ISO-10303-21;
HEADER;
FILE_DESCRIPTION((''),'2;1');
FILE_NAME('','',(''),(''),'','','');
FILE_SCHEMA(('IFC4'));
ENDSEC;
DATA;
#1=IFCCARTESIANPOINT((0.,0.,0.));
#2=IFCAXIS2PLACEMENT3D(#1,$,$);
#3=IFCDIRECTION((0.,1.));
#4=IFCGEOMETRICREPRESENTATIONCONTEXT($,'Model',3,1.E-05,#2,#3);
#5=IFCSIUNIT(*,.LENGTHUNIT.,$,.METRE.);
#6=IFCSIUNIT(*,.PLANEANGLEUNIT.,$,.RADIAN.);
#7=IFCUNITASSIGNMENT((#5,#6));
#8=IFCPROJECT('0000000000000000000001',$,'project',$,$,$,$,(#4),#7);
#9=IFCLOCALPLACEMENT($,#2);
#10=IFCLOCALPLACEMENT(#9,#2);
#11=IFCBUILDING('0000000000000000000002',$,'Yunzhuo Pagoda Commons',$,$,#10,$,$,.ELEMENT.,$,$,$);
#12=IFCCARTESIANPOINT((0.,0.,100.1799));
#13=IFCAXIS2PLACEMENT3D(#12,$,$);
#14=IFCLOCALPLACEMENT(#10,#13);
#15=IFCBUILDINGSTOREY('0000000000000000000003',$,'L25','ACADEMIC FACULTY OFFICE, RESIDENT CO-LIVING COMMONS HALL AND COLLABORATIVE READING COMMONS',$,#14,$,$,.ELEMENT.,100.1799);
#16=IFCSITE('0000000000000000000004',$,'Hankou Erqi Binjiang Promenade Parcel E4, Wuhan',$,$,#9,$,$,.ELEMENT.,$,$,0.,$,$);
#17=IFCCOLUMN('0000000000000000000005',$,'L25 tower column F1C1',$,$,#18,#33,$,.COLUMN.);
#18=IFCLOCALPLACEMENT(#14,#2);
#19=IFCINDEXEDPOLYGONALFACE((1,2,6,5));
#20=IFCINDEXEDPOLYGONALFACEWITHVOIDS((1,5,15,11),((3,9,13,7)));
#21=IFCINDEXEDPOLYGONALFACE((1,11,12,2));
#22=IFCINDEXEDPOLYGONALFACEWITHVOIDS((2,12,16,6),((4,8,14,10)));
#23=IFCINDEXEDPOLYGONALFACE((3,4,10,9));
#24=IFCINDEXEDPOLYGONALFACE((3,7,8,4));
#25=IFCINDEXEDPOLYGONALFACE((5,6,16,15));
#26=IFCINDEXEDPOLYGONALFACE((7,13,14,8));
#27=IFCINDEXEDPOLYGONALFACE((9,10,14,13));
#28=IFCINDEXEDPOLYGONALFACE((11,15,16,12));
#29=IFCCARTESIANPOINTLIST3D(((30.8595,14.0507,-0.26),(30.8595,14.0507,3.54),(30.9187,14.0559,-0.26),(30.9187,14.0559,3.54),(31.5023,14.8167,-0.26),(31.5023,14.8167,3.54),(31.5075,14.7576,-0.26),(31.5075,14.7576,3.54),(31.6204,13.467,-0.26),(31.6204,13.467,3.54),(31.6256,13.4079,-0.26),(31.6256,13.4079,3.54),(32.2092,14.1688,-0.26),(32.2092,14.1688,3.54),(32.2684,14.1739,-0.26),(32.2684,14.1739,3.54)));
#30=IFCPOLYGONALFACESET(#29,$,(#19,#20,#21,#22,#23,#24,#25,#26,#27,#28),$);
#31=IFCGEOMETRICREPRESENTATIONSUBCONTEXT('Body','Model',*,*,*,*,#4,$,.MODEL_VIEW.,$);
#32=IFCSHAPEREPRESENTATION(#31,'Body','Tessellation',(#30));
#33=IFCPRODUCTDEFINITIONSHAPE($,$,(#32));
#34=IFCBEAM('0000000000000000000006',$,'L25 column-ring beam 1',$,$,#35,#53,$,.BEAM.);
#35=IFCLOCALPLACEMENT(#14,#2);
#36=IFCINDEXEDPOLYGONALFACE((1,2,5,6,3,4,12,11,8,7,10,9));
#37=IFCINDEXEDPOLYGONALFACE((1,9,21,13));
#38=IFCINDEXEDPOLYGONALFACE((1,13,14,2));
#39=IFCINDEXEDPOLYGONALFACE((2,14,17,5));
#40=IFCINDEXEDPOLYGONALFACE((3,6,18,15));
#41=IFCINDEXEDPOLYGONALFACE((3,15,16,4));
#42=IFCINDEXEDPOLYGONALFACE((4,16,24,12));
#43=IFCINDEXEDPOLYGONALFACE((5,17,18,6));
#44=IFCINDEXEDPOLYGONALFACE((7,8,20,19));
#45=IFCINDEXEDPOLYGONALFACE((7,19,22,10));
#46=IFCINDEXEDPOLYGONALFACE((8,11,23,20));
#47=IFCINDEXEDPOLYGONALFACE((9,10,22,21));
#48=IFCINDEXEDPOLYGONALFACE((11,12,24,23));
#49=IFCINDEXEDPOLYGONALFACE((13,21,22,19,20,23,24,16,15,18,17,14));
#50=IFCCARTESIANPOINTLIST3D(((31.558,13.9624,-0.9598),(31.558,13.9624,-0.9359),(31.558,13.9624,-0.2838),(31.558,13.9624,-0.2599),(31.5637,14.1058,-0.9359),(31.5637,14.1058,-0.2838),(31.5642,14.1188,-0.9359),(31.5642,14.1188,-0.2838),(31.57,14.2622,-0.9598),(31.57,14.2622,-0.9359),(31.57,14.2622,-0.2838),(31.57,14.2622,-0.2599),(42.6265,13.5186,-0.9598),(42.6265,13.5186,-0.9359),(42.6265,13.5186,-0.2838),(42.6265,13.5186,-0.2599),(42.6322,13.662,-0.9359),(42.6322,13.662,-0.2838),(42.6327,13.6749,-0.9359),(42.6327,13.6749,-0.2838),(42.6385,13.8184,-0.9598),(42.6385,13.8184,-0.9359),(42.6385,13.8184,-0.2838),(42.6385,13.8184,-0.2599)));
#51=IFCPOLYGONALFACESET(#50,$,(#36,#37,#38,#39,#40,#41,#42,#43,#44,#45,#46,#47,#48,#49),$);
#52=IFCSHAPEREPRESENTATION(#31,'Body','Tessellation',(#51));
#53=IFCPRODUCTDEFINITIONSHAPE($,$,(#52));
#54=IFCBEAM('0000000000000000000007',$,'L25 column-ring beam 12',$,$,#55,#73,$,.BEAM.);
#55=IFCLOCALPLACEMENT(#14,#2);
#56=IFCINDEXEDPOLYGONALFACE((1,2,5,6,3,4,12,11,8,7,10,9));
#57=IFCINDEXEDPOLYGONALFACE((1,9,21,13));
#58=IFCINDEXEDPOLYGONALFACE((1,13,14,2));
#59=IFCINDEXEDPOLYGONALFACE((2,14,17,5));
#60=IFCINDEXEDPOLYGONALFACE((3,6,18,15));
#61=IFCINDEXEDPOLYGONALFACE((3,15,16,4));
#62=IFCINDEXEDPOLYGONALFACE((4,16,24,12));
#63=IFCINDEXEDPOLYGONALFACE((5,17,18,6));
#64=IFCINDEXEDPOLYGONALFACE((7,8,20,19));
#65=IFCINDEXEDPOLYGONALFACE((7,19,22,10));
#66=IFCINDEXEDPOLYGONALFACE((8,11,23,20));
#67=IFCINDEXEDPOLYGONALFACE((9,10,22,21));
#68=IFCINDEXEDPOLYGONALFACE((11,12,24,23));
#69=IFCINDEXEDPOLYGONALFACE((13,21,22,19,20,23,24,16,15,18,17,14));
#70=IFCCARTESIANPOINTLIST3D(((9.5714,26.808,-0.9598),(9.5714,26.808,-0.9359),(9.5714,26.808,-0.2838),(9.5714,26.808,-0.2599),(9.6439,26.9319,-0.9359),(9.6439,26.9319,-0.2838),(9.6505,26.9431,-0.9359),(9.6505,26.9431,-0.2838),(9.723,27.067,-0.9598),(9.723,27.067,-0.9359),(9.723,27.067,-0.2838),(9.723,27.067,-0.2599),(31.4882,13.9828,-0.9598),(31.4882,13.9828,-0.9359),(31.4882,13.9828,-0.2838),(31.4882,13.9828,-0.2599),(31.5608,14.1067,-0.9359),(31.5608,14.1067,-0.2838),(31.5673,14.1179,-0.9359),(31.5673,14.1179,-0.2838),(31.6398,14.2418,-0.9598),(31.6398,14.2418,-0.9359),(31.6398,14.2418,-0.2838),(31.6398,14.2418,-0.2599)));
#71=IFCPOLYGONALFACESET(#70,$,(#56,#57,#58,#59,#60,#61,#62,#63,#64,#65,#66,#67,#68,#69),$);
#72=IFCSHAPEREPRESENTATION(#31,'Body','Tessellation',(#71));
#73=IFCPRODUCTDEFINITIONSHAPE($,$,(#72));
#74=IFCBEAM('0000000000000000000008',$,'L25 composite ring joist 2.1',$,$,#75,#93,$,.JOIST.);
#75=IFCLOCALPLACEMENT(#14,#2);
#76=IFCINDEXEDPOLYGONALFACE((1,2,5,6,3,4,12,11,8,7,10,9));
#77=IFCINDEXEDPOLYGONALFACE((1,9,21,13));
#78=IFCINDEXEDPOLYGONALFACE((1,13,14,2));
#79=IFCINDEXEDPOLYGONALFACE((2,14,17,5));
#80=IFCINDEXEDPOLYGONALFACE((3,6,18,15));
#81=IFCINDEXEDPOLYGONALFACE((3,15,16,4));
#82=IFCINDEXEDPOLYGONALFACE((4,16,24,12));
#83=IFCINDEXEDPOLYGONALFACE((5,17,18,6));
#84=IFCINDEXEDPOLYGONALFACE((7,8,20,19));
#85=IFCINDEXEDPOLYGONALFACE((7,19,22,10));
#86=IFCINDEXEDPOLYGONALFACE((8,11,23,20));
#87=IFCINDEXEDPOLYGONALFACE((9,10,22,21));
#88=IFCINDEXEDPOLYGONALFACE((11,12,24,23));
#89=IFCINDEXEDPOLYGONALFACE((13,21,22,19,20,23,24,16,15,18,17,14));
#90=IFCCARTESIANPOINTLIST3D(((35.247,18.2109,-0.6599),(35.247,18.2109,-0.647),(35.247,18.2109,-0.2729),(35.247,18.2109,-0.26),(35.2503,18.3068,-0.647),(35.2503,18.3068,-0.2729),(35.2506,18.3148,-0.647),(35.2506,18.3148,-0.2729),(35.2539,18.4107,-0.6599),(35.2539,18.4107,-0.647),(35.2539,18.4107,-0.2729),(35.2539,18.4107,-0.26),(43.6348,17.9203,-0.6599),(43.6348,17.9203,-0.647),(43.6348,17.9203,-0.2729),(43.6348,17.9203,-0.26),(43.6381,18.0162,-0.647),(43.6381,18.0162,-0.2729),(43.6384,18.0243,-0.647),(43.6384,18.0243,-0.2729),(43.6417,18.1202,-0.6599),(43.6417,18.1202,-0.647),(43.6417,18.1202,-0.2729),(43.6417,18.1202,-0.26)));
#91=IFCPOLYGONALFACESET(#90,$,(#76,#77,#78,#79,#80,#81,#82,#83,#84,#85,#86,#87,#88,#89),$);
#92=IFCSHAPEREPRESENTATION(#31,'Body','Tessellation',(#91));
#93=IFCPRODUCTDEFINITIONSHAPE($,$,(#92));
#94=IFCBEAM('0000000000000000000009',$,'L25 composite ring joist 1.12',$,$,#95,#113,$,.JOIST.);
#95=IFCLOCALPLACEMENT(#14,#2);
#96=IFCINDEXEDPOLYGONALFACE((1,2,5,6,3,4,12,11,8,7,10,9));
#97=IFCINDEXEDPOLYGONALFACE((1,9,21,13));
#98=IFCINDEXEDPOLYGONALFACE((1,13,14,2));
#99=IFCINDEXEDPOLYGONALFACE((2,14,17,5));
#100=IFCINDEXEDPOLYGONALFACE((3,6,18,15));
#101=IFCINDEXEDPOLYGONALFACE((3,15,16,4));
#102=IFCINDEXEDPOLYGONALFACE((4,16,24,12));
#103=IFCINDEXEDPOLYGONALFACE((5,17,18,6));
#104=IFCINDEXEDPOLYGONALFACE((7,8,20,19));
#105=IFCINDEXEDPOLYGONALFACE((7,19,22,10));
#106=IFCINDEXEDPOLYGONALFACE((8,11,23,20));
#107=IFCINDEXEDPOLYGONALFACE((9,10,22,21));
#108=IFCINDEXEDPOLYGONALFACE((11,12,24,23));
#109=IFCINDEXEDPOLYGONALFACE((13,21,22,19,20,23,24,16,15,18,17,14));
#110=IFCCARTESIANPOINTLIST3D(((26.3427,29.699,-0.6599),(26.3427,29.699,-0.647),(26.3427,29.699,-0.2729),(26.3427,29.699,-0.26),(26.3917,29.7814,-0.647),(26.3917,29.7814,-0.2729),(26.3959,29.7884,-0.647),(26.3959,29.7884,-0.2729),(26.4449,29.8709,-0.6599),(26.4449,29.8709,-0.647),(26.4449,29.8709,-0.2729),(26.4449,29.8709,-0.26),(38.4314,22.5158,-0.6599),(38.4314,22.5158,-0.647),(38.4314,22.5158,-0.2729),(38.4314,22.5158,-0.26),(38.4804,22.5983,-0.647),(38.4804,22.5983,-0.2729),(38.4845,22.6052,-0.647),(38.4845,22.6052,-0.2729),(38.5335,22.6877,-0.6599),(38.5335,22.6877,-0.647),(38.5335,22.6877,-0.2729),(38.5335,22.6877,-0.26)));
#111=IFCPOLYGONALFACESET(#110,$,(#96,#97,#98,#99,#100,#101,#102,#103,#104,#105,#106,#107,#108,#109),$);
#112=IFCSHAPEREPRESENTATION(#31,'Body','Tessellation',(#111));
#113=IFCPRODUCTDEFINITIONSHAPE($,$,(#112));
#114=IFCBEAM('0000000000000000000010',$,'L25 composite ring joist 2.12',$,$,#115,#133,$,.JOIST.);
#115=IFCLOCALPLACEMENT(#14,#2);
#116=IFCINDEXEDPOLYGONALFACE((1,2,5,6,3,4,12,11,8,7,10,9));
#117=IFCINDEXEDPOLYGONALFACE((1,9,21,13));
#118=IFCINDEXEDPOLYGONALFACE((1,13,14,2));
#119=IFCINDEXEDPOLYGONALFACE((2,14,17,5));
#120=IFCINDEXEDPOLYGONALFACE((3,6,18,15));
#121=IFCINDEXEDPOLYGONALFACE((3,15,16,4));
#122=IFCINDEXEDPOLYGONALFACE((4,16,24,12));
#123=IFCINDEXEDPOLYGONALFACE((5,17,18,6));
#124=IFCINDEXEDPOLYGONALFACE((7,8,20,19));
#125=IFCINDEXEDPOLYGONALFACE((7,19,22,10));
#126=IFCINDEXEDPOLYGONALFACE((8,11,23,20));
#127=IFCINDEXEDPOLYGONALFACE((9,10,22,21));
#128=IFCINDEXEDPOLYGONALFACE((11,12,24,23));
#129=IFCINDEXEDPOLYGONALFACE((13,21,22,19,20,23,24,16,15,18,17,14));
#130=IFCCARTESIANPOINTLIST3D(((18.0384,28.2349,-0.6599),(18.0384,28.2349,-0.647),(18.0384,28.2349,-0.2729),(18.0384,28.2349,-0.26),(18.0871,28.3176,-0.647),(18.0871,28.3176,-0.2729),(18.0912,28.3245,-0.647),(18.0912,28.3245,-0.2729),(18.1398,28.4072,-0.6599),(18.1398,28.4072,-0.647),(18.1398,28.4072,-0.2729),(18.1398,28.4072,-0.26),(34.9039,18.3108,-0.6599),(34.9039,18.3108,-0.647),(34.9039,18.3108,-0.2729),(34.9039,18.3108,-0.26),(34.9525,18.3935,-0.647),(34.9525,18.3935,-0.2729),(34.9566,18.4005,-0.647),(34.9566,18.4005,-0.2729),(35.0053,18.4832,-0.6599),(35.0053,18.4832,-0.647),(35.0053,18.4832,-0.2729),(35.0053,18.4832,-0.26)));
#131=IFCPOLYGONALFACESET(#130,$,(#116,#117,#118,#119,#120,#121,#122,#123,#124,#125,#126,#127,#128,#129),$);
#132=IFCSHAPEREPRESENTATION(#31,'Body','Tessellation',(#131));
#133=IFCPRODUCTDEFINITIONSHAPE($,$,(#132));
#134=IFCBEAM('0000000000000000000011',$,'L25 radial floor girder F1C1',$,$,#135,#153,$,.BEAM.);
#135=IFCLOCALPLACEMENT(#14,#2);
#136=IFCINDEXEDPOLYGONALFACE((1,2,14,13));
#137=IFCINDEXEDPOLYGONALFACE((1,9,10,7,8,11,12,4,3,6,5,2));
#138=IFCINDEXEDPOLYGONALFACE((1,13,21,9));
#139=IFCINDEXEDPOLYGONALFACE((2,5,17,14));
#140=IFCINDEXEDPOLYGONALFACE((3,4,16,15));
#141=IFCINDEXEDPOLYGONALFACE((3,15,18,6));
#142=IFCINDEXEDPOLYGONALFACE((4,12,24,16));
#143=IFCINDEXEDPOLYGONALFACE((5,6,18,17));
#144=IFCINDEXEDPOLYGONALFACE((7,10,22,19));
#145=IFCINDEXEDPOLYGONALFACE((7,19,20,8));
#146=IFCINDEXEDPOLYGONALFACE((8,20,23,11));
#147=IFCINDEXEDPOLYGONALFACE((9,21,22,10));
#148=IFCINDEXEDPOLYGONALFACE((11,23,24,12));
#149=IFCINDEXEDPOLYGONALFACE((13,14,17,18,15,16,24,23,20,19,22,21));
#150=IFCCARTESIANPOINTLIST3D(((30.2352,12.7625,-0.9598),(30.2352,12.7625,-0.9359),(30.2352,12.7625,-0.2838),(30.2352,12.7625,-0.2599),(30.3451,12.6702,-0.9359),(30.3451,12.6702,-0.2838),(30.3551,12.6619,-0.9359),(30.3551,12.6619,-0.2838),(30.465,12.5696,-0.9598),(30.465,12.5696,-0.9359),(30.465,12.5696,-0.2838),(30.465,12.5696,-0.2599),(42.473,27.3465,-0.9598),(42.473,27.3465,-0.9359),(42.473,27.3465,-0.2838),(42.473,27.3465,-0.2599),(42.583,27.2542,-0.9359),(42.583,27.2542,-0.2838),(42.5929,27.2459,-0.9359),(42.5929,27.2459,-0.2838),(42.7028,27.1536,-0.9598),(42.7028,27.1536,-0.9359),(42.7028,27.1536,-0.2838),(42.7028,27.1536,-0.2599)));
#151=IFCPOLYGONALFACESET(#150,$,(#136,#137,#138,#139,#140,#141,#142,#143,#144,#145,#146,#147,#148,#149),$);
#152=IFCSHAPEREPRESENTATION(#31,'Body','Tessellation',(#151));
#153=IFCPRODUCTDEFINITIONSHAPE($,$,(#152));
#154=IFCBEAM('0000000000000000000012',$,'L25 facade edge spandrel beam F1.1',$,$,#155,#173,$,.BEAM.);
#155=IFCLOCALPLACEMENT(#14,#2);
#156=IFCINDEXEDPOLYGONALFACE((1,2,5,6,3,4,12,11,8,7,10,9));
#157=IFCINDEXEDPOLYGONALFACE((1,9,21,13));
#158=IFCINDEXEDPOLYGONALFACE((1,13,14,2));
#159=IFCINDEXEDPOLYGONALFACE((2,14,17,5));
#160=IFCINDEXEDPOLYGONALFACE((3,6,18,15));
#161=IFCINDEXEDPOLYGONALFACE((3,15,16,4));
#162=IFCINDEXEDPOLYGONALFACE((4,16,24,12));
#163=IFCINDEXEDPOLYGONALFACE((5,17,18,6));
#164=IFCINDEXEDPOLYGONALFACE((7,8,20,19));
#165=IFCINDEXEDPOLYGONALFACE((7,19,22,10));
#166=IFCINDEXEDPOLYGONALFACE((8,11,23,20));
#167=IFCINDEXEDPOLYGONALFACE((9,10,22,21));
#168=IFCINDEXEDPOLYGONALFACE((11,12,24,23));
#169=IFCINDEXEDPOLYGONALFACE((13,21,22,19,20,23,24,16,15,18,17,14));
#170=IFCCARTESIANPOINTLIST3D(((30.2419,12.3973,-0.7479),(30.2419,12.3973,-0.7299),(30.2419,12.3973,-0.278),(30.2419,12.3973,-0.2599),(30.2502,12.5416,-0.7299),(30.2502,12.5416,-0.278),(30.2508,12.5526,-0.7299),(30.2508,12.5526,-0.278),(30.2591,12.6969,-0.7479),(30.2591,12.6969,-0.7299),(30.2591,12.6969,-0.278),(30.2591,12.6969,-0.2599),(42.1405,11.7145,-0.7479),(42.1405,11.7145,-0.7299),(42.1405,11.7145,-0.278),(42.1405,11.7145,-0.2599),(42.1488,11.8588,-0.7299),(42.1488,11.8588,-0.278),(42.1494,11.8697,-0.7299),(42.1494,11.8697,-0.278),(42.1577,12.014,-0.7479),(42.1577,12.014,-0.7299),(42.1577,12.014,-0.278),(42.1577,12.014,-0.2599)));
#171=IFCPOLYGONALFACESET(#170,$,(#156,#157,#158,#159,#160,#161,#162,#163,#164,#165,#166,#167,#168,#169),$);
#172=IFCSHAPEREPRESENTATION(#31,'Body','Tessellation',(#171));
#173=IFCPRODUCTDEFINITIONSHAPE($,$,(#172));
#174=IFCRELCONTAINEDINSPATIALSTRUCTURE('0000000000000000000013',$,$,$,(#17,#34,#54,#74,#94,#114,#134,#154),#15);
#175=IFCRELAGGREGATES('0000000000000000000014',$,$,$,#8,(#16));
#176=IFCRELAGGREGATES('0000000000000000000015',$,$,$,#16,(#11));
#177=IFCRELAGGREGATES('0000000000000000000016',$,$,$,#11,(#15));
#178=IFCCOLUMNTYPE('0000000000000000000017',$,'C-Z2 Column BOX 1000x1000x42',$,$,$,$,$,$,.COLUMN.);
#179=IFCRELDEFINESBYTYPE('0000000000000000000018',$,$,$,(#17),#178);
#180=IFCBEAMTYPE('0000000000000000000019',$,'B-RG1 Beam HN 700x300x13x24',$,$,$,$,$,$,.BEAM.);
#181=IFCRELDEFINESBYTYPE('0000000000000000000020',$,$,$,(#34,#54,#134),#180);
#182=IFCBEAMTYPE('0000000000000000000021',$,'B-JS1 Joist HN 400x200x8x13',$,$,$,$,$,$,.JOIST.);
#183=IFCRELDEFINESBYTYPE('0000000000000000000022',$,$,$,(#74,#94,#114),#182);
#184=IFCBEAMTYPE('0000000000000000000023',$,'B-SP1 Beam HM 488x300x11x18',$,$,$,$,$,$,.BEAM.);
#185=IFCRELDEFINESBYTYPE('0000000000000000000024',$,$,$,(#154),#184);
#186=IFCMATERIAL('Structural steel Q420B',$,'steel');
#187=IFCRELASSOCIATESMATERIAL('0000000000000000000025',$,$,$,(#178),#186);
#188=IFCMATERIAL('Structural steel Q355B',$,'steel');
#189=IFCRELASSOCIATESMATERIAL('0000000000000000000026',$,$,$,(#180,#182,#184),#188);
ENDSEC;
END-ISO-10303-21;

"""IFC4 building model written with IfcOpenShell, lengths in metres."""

from ifc_helpers import new_model, si_unit, direction, frame, origin, origin_2d, place, context, subcontext, project, spatial, hollow_rectangle, i_section, extrude, source, transform, mapped, material, material_profile, profile_set, type_object, element, save


model = new_model("IFC4")

# Units and contexts
model_context = context("Model", 3, precision=1e-05, world=origin(), true_north=direction((0.0, 1.0)))
body_context = subcontext(model_context, "Body", "Model", "MODEL_VIEW")
ifc_project = project(units=[si_unit("LENGTHUNIT", "METRE"), si_unit("PLANEANGLEUNIT", "RADIAN")], contexts=[model_context])

# Site, building, storey
site_placement = place(None, origin())
site = spatial("IfcSite", under=ifc_project, at=site_placement, Name="Hankou Erqi Binjiang Promenade Parcel E4, Wuhan", CompositionType="ELEMENT", RefElevation=0.0)
building_placement = place(site_placement, origin())
building = spatial("IfcBuilding", under=site, at=building_placement, Name="Yunzhuo Pagoda Commons", CompositionType="ELEMENT")
storey_placement = place(building_placement, frame((0.0, 0.0, 100.1799)))
storey = spatial("IfcBuildingStorey", under=building, at=storey_placement, Name="L25", Description="ACADEMIC FACULTY OFFICE, RESIDENT CO-LIVING COMMONS HALL AND COLLABORATIVE READING COMMONS", CompositionType="ELEMENT", Elevation=100.1799)

# Column
ifc_material_1 = material(Name="Structural steel Q420B", Category="steel")
ifc_material_profile_1 = material_profile(ifc_material_1, hollow_rectangle(XDim=1.0, YDim=1.0, WallThickness=0.042, at=origin_2d()), Name="Structural steel Q420B")
ifc_profile_set_1 = profile_set([ifc_material_profile_1], Name="Structural steel Q420B")
column_type = type_object("IfcColumnType", Name="C-Z2 Column BOX 1000x1000x42", PredefinedType="COLUMN", material=ifc_profile_set_1)
shared_shape_1 = source(origin(), body_context, "Body", "SweptSolid", [
    extrude(hollow_rectangle(XDim=1.0, YDim=1.0, WallThickness=0.042, at=origin_2d()), origin(), (0.0, 0.0, 1.0), 3.8),
])
column_placement = place(storey_placement, frame((31.564, 14.1123, -0.26), z_axis=(0.0, 0.0, 1.0), x_axis=(0.766044, -0.642788, 0.0)))
element("IfcColumn", 1, at=column_placement, inside=storey, type_object=column_type, Name="L25 tower column F1C1", PredefinedType="COLUMN", context=body_context, shape_type="MappedRepresentation", body=[
    mapped(shared_shape_1, transform((0.0, 0.0, 0.0), scale=1.0)),
])

# Beams
ifc_material_2 = material(Name="Structural steel Q355B", Category="steel")
ifc_material_profile_2 = material_profile(ifc_material_2, i_section(OverallWidth=0.3, OverallDepth=0.7, WebThickness=0.0129, FlangeThickness=0.0239, at=origin_2d()), Name="Structural steel Q355B")
ifc_profile_set_2 = profile_set([ifc_material_profile_2], Name="Structural steel Q355B")
beam_type_1 = type_object("IfcBeamType", Name="B-RG1 Beam HN 700x300x13x24", PredefinedType="BEAM", material=ifc_profile_set_2)
shared_shape_2 = source(origin(), body_context, "Body", "SweptSolid", [
    extrude(i_section(OverallWidth=0.3, OverallDepth=0.7, WebThickness=0.0129, FlangeThickness=0.0239, at=origin_2d()), origin(), (0.0, 0.0, 1.0), 11.0774),
])
beam_1_placement = place(storey_placement, frame((31.564, 14.1123, -0.6099), z_axis=(0.999197, -0.040067, 0.0), x_axis=(0.040067, 0.999197, 0.0)))
element("IfcBeam", 2, at=beam_1_placement, inside=storey, type_object=beam_type_1, Name="L25 column-ring beam 1", PredefinedType="BEAM", context=body_context, shape_type="MappedRepresentation", body=[
    mapped(shared_shape_2, transform((0.0, 0.0, 0.0), scale=1.0)),
])
shared_shape_3 = source(origin(), body_context, "Body", "SweptSolid", [
    extrude(i_section(OverallWidth=0.3, OverallDepth=0.7, WebThickness=0.0129, FlangeThickness=0.0239, at=origin_2d()), origin(), (0.0, 0.0, 1.0), 25.3936),
])
beam_2_placement = place(storey_placement, frame((9.6472, 26.9375, -0.6099), z_axis=(0.863085, -0.505058, 0.0), x_axis=(0.505058, 0.863085, 0.0)))
element("IfcBeam", 3, at=beam_2_placement, inside=storey, type_object=beam_type_1, Name="L25 column-ring beam 12", PredefinedType="BEAM", context=body_context, shape_type="MappedRepresentation", body=[
    mapped(shared_shape_3, transform((0.0, 0.0, 0.0), scale=1.0)),
])
ifc_material_profile_3 = material_profile(ifc_material_2, i_section(OverallWidth=0.2, OverallDepth=0.3999, WebThickness=0.0081, FlangeThickness=0.0129, at=origin_2d()), Name="Structural steel Q355B")
ifc_profile_set_3 = profile_set([ifc_material_profile_3], Name="Structural steel Q355B")
beam_type_2 = type_object("IfcBeamType", Name="B-JS1 Joist HN 400x200x8x13", PredefinedType="JOIST", material=ifc_profile_set_3)
shared_shape_4 = source(origin(), body_context, "Body", "SweptSolid", [
    extrude(i_section(OverallWidth=0.2, OverallDepth=0.3999, WebThickness=0.0081, FlangeThickness=0.0129, at=origin_2d()), origin(), (0.0, 0.0, 1.0), 8.3928),
])
beam_3_placement = place(storey_placement, frame((35.2505, 18.3108, -0.46), z_axis=(0.999401, -0.034617, 0.0), x_axis=(0.034617, 0.999401, 0.0)))
element("IfcBeam", 4, at=beam_3_placement, inside=storey, type_object=beam_type_2, Name="L25 composite ring joist 2.1", PredefinedType="JOIST", context=body_context, shape_type="MappedRepresentation", body=[
    mapped(shared_shape_4, transform((0.0, 0.0, 0.0), scale=1.0)),
])
shared_shape_5 = source(origin(), body_context, "Body", "SweptSolid", [
    extrude(i_section(OverallWidth=0.2, OverallDepth=0.3999, WebThickness=0.0081, FlangeThickness=0.0129, at=origin_2d()), origin(), (0.0, 0.0, 1.0), 14.0618),
])
beam_4_placement = place(storey_placement, frame((26.3938, 29.7849, -0.46), z_axis=(0.859683, -0.510827, 0.0), x_axis=(0.510827, 0.859683, 0.0)))
element("IfcBeam", 5, at=beam_4_placement, inside=storey, type_object=beam_type_2, Name="L25 composite ring joist 1.12", PredefinedType="JOIST", context=body_context, shape_type="MappedRepresentation", body=[
    mapped(shared_shape_5, transform((0.0, 0.0, 0.0), scale=1.0)),
])
shared_shape_6 = source(origin(), body_context, "Body", "SweptSolid", [
    extrude(i_section(OverallWidth=0.2, OverallDepth=0.3999, WebThickness=0.0081, FlangeThickness=0.0129, at=origin_2d()), origin(), (0.0, 0.0, 1.0), 19.5686),
])
beam_5_placement = place(storey_placement, frame((18.0891, 28.321, -0.46), z_axis=(0.861863, -0.507142, 0.0), x_axis=(0.507142, 0.861863, 0.0)))
element("IfcBeam", 6, at=beam_5_placement, inside=storey, type_object=beam_type_2, Name="L25 composite ring joist 2.12", PredefinedType="JOIST", context=body_context, shape_type="MappedRepresentation", body=[
    mapped(shared_shape_6, transform((0.0, 0.0, 0.0), scale=1.0)),
])
shared_shape_7 = source(origin(), body_context, "Body", "SweptSolid", [
    extrude(i_section(OverallWidth=0.3, OverallDepth=0.7, WebThickness=0.0129, FlangeThickness=0.0239, at=origin_2d()), origin(), (0.0, 0.0, 1.0), 19.0383),
])
beam_6_placement = place(storey_placement, frame((30.3501, 12.666, -0.6099), z_axis=(0.642799, 0.766035, 0.0), x_axis=(-0.766035, 0.642799, 0.0)))
element("IfcBeam", 7, at=beam_6_placement, inside=storey, type_object=beam_type_1, Name="L25 radial floor girder F1C1", PredefinedType="BEAM", context=body_context, shape_type="MappedRepresentation", body=[
    mapped(shared_shape_7, transform((0.0, 0.0, 0.0), scale=1.0)),
])
ifc_material_profile_4 = material_profile(ifc_material_2, i_section(OverallWidth=0.3, OverallDepth=0.488, WebThickness=0.011, FlangeThickness=0.0181, at=origin_2d()), Name="Structural steel Q355B")
ifc_profile_set_4 = profile_set([ifc_material_profile_4], Name="Structural steel Q355B")
beam_type_3 = type_object("IfcBeamType", Name="B-SP1 Beam HM 488x300x11x18", PredefinedType="BEAM", material=ifc_profile_set_4)
shared_shape_8 = source(origin(), body_context, "Body", "SweptSolid", [
    extrude(i_section(OverallWidth=0.3, OverallDepth=0.488, WebThickness=0.011, FlangeThickness=0.0181, at=origin_2d()), origin(), (0.0, 0.0, 1.0), 11.9182),
])
beam_7_placement = place(storey_placement, frame((30.2505, 12.5471, -0.5039), z_axis=(0.998357, -0.057295, 0.0), x_axis=(0.057295, 0.998357, 0.0)))
element("IfcBeam", 8, at=beam_7_placement, inside=storey, type_object=beam_type_3, Name="L25 facade edge spandrel beam F1.1", PredefinedType="BEAM", context=body_context, shape_type="MappedRepresentation", body=[
    mapped(shared_shape_8, transform((0.0, 0.0, 0.0), scale=1.0)),
])

save(model, "model.ifc")
